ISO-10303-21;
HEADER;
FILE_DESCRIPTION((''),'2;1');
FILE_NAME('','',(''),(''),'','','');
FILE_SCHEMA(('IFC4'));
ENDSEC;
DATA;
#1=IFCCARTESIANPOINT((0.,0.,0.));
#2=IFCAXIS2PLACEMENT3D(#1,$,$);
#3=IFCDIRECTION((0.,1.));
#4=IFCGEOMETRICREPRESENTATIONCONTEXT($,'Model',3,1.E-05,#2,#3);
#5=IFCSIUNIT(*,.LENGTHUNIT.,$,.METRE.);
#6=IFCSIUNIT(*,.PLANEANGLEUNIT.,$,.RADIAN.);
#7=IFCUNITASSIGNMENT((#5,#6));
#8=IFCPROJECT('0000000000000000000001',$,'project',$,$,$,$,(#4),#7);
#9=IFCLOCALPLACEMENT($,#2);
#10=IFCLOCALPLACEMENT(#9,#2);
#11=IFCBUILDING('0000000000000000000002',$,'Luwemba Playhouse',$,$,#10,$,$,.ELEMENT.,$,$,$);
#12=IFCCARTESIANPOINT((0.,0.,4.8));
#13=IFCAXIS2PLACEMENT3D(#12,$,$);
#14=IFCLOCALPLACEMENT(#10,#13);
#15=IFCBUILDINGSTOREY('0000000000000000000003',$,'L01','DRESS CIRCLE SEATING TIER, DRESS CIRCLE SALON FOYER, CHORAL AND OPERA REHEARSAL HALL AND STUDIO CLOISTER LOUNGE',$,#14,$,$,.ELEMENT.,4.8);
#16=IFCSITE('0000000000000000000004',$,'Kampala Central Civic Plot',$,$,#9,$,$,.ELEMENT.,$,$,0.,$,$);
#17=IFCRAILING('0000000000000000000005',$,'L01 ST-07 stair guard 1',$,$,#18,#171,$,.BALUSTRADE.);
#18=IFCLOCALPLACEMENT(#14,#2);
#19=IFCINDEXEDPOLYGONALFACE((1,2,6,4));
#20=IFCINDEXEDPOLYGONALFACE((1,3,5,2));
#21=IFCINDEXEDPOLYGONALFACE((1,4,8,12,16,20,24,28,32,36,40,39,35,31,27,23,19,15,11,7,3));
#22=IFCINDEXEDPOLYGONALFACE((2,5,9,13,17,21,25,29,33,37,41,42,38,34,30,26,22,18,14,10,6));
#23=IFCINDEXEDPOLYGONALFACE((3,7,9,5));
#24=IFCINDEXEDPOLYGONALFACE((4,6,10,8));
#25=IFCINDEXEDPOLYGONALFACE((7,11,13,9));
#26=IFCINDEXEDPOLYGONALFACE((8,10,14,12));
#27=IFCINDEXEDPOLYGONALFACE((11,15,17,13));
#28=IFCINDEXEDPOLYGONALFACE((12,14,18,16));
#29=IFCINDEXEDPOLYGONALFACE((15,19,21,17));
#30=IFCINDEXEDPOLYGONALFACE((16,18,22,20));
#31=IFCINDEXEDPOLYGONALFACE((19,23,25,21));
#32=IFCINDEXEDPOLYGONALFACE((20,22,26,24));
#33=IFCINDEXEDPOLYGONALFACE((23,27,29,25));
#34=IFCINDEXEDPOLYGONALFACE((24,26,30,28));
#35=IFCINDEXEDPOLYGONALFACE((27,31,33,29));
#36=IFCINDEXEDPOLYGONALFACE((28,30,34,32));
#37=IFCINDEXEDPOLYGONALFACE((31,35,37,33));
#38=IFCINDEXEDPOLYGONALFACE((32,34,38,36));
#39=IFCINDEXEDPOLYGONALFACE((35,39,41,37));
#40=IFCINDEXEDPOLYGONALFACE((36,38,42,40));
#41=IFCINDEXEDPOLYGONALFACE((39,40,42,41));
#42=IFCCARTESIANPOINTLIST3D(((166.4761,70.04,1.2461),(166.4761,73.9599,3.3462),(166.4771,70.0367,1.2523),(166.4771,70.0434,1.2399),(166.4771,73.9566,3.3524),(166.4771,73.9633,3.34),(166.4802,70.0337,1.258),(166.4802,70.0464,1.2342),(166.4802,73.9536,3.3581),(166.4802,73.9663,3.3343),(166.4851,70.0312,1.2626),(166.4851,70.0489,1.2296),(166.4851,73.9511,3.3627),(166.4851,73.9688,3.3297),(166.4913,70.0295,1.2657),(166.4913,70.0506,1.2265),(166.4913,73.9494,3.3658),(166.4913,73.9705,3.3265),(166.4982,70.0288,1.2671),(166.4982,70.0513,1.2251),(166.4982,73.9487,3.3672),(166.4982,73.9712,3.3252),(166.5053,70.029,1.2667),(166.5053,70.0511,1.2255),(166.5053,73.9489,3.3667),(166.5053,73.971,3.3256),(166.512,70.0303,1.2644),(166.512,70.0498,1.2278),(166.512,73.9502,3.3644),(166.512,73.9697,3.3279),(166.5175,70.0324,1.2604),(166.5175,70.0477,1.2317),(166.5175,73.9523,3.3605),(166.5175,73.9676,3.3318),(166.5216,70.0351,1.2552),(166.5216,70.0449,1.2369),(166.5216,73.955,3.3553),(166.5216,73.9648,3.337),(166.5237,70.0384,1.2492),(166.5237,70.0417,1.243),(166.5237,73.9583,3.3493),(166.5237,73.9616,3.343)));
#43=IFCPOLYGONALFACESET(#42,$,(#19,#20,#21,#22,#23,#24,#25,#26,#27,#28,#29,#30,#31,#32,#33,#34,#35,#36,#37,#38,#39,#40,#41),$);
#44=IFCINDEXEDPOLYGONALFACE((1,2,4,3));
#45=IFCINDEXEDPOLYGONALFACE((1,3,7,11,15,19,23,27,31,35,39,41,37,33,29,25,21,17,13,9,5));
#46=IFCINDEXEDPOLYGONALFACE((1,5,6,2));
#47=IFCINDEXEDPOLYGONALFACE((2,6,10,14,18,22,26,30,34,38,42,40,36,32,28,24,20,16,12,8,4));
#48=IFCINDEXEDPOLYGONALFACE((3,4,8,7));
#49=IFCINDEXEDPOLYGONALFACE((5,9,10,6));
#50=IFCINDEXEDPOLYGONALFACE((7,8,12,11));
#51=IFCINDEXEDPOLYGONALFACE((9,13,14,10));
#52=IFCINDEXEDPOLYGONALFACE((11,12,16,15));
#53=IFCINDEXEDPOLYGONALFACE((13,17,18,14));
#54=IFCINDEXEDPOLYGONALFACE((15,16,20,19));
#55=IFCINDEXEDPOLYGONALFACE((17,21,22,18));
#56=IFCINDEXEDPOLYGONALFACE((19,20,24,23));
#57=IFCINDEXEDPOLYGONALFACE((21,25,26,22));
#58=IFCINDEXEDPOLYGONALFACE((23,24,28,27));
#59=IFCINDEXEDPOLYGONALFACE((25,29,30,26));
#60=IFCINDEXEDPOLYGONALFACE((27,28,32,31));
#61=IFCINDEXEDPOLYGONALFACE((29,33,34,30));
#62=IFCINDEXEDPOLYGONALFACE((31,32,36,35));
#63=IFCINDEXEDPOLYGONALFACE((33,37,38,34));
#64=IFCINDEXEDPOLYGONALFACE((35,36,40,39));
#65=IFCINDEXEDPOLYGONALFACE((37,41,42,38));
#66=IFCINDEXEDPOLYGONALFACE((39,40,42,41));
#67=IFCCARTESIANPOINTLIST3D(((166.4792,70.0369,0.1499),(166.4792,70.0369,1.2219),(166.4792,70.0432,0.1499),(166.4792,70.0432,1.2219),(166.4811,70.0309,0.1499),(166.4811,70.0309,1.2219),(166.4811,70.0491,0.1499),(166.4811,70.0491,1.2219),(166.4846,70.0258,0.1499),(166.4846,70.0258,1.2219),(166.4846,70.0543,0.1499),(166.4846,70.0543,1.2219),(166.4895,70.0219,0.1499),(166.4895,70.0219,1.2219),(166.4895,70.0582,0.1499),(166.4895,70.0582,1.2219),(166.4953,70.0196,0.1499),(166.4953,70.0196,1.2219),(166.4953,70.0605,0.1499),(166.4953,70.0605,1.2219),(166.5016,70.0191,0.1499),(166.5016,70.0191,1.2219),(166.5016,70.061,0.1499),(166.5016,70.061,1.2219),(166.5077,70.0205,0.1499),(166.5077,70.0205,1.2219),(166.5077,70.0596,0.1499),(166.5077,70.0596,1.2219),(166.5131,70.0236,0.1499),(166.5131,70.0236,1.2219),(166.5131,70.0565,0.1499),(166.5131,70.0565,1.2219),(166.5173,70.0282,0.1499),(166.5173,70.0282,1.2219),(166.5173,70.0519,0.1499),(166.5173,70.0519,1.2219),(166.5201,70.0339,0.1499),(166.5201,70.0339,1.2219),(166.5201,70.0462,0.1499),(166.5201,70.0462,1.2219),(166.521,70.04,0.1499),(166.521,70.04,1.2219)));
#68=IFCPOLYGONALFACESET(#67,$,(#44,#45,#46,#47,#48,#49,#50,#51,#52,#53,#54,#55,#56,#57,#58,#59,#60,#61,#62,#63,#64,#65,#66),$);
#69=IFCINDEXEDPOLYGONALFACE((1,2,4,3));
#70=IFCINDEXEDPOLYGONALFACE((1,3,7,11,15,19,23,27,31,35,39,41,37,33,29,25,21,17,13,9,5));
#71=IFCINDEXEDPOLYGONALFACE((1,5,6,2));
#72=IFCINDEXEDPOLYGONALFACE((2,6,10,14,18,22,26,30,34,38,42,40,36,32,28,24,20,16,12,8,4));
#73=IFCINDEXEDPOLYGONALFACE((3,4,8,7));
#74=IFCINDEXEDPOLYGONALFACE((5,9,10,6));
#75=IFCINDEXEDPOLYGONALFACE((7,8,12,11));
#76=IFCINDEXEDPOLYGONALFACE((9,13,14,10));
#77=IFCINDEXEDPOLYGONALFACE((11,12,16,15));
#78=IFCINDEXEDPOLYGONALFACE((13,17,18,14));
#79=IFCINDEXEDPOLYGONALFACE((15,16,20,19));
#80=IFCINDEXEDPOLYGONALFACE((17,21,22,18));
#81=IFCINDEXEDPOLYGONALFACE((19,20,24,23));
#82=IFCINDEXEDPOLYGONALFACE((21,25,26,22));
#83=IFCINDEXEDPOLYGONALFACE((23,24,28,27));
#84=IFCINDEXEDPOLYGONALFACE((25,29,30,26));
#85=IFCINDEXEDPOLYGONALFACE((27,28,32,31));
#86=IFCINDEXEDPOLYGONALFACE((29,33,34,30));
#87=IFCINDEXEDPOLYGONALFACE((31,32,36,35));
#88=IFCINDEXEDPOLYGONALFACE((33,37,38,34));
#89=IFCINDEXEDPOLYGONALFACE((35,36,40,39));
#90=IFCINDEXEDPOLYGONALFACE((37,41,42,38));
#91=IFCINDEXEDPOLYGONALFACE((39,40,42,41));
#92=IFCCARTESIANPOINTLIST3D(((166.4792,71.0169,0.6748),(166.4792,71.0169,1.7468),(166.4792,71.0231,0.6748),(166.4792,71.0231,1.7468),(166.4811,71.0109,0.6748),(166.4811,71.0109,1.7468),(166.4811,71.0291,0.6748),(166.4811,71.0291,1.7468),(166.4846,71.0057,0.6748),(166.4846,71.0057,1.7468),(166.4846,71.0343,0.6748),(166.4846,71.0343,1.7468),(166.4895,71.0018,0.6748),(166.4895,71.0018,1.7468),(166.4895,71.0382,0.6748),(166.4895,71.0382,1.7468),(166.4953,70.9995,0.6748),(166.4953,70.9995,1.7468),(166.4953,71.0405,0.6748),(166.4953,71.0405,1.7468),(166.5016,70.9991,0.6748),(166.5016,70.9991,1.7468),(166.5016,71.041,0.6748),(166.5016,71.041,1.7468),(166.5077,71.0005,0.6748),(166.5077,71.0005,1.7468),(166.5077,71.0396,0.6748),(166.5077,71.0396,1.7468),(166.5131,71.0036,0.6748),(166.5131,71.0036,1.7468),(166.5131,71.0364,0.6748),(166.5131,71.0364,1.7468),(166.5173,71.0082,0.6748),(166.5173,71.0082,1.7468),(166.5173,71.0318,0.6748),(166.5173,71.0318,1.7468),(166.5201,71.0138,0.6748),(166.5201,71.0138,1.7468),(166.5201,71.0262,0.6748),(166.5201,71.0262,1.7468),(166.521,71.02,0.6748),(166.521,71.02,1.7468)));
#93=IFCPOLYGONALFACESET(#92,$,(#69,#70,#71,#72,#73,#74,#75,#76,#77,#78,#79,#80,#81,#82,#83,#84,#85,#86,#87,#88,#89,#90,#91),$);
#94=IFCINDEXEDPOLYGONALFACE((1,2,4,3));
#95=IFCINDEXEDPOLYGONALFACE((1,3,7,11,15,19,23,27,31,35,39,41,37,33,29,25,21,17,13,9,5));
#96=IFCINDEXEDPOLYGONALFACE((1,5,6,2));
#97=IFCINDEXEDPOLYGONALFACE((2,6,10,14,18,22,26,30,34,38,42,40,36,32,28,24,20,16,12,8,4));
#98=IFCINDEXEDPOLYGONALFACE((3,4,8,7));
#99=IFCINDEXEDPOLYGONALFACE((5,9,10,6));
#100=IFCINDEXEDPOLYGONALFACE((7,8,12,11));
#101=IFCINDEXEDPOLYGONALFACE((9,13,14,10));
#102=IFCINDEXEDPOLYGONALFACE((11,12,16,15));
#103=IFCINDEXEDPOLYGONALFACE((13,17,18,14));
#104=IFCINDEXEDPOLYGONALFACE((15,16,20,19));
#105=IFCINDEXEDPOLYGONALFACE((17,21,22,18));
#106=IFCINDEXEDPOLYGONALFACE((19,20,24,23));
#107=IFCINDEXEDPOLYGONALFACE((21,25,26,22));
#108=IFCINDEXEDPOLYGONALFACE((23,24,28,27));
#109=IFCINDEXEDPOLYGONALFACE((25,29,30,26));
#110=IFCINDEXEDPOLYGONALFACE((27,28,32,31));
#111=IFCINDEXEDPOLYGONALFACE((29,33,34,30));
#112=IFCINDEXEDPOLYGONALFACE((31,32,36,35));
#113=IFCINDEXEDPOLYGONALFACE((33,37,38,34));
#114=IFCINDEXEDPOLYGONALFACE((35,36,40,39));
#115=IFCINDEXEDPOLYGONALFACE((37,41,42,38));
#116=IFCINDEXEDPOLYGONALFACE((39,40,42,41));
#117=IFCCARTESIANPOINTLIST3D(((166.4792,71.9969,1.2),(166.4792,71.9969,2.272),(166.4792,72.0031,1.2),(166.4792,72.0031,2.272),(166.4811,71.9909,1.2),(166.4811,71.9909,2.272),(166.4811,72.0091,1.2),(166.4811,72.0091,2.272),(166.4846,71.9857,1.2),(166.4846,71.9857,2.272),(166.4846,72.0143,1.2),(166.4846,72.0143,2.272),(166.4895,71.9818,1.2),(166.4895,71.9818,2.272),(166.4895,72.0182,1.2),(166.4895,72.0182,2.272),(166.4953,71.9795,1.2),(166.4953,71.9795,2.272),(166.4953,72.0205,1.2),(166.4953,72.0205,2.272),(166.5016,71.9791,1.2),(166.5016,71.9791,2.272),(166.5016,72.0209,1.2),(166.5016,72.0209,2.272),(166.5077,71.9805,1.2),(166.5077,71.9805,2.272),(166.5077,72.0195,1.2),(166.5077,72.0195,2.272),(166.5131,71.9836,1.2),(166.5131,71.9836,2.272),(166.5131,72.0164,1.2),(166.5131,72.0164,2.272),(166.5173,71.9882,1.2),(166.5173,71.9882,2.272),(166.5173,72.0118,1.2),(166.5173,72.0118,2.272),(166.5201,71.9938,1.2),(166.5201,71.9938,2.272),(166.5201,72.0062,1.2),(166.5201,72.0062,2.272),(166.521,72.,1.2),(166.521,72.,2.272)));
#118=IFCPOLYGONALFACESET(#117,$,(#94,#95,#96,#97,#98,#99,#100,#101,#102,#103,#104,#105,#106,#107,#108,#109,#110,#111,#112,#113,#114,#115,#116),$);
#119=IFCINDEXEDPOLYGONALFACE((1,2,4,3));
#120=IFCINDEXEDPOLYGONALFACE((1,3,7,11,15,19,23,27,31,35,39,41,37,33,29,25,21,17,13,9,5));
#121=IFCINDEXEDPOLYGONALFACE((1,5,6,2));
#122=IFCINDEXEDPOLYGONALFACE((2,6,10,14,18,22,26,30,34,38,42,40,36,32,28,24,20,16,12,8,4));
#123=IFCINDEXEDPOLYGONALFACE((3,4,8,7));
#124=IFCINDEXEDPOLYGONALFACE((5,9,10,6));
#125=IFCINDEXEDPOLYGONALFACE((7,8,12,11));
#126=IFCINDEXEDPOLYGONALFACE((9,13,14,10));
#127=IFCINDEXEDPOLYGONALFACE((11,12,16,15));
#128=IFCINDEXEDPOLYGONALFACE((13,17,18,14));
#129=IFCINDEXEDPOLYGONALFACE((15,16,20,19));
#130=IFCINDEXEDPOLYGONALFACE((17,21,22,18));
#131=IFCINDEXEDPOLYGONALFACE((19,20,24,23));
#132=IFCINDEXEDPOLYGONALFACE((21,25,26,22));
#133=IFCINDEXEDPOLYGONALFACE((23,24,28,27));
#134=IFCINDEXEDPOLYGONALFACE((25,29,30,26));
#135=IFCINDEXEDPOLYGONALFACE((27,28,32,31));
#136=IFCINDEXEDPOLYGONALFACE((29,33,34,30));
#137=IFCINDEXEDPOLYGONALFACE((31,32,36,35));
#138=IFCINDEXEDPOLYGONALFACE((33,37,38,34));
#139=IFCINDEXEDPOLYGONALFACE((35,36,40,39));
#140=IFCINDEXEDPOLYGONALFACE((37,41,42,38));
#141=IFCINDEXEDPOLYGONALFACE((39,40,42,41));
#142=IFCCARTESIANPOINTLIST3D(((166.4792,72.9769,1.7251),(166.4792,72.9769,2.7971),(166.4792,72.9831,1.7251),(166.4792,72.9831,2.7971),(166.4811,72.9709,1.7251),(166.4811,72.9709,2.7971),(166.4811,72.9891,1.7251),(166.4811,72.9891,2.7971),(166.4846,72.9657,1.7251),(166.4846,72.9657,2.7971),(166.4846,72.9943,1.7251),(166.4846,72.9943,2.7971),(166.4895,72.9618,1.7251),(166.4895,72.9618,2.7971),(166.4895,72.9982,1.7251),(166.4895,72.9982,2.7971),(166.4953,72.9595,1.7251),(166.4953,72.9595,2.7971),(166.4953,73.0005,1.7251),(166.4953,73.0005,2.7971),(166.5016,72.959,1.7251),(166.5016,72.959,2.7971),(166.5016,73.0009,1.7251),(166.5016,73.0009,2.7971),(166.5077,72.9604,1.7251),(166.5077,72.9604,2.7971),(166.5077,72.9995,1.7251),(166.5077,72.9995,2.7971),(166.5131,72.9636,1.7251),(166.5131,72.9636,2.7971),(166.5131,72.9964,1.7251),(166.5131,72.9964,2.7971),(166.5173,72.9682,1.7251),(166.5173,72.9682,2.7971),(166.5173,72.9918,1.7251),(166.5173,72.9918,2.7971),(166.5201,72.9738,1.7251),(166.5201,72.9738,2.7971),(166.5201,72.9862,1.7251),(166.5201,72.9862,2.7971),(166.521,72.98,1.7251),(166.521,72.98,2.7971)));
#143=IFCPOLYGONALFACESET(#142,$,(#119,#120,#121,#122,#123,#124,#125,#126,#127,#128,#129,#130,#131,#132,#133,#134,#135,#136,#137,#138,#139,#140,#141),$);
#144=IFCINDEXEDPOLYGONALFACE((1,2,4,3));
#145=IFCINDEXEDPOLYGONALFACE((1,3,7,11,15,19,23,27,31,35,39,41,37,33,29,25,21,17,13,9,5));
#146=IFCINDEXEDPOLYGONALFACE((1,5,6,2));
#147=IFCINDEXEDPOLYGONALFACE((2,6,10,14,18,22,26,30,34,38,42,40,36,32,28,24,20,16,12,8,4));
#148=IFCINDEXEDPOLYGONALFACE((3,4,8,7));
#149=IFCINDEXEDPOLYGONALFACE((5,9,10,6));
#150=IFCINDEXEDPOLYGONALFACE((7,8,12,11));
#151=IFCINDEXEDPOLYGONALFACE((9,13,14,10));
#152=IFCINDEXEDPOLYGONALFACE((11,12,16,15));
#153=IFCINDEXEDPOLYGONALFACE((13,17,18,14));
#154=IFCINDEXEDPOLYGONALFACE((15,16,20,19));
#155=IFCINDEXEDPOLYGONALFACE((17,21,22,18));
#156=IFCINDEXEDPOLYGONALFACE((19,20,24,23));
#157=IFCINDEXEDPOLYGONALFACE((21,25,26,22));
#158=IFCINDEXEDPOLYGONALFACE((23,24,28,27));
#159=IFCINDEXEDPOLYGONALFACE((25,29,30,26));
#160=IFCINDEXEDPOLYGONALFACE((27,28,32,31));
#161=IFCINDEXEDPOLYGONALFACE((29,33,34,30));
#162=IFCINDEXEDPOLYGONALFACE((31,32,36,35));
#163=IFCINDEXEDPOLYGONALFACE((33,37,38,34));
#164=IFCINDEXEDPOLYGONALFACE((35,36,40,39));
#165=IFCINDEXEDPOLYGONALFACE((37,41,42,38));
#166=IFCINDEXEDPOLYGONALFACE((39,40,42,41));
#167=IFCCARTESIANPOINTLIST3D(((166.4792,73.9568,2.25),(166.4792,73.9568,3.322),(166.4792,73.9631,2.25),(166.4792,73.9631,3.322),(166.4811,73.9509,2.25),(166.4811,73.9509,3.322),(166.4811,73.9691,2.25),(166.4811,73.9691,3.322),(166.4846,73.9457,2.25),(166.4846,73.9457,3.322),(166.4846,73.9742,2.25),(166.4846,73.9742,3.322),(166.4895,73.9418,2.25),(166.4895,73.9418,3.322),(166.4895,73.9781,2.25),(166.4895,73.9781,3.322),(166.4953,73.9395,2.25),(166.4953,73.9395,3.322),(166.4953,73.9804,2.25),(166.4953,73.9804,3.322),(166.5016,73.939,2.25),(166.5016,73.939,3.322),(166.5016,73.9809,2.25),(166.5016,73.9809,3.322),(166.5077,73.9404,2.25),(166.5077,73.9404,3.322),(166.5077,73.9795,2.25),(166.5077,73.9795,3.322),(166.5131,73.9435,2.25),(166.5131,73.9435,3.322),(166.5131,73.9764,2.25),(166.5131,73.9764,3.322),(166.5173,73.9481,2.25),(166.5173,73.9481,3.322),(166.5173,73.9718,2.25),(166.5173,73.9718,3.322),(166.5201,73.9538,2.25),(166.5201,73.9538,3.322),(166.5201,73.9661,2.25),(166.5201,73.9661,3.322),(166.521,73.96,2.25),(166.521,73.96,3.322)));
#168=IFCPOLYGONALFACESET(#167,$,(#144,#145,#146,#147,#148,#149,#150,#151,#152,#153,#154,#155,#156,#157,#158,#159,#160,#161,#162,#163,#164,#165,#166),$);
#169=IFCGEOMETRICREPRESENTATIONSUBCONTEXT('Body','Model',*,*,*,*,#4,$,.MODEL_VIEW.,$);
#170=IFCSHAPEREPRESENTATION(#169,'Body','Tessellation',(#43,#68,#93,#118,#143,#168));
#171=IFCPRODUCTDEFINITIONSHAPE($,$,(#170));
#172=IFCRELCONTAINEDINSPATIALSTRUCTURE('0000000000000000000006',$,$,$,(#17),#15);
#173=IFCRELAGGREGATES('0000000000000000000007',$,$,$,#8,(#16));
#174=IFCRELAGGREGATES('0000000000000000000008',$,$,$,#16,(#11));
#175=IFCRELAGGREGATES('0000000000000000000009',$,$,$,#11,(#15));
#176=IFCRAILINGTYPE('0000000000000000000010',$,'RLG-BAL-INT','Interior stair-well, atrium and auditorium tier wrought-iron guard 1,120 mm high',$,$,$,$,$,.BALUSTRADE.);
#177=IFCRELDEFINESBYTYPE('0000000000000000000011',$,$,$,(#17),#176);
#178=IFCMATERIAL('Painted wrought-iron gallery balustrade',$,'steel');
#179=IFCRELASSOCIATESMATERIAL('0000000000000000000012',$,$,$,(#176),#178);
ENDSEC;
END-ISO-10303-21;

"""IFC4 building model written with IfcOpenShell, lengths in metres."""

from ifc_helpers import new_model, si_unit, direction, frame, origin, origin_2d, place, context, subcontext, project, spatial, circle, extrude, material, type_object, element, save


model = new_model("IFC4")

# Units and contexts
model_context = context("Model", 3, precision=1e-05, world=origin(), true_north=direction((0.0, 1.0)))
body_context = subcontext(model_context, "Body", "Model", "MODEL_VIEW")
ifc_project = project(units=[si_unit("LENGTHUNIT", "METRE"), si_unit("PLANEANGLEUNIT", "RADIAN")], contexts=[model_context])

# Site, building, storey
site_placement = place(None, origin())
site = spatial("IfcSite", under=ifc_project, at=site_placement, Name="Kampala Central Civic Plot", CompositionType="ELEMENT", RefElevation=0.0)
building_placement = place(site_placement, origin())
building = spatial("IfcBuilding", under=site, at=building_placement, Name="Luwemba Playhouse", CompositionType="ELEMENT")
storey_placement = place(building_placement, frame((0.0, 0.0, 4.8)))
storey = spatial("IfcBuildingStorey", under=building, at=storey_placement, Name="L01", Description="DRESS CIRCLE SEATING TIER, DRESS CIRCLE SALON FOYER, CHORAL AND OPERA REHEARSAL HALL AND STUDIO CLOISTER LOUNGE", CompositionType="ELEMENT", Elevation=4.8)

# Railing
ifc_material_1 = material(Name="Painted wrought-iron gallery balustrade", Category="steel")
railing_type_1 = type_object("IfcRailingType", Name="RLG-BAL-INT", Description="Interior stair-well, atrium and auditorium tier wrought-iron guard 1,120 mm high", PredefinedType="BALUSTRADE", material=ifc_material_1)
railing_1_placement = place(storey_placement, frame((166.5, 70.04, 0.1499)))
element("IfcRailing", 1, at=railing_1_placement, inside=storey, type_object=railing_type_1, Name="L01 ST-07 stair guard 1", PredefinedType="BALUSTRADE", context=body_context, shape_type="SweptSolid", body=[
    extrude(circle(Radius=0.0239, at=origin_2d()), frame((0.0, 0.0, 1.0962), z_axis=(0.0, 0.881467, 0.472246), x_axis=(-1.0, 0.0, 0.0)), (0.0, 0.0, 1.0), 4.447),
    extrude(circle(Radius=0.021, at=origin_2d()), origin(), (0.0, 0.0, 1.0), 1.072),
    extrude(circle(Radius=0.021, at=origin_2d()), frame((0.0, 0.98, 0.5249)), (0.0, 0.0, 1.0), 1.072),
    extrude(circle(Radius=0.021, at=origin_2d()), frame((0.0, 1.96, 1.05)), (0.0, 0.0, 1.0), 1.072),
    extrude(circle(Radius=0.021, at=origin_2d()), frame((0.0, 2.9399, 1.5752)), (0.0, 0.0, 1.0), 1.072),
    extrude(circle(Radius=0.021, at=origin_2d()), frame((0.0, 3.9199, 2.1001)), (0.0, 0.0, 1.0), 1.072),
])

save(model, "model.ifc")
